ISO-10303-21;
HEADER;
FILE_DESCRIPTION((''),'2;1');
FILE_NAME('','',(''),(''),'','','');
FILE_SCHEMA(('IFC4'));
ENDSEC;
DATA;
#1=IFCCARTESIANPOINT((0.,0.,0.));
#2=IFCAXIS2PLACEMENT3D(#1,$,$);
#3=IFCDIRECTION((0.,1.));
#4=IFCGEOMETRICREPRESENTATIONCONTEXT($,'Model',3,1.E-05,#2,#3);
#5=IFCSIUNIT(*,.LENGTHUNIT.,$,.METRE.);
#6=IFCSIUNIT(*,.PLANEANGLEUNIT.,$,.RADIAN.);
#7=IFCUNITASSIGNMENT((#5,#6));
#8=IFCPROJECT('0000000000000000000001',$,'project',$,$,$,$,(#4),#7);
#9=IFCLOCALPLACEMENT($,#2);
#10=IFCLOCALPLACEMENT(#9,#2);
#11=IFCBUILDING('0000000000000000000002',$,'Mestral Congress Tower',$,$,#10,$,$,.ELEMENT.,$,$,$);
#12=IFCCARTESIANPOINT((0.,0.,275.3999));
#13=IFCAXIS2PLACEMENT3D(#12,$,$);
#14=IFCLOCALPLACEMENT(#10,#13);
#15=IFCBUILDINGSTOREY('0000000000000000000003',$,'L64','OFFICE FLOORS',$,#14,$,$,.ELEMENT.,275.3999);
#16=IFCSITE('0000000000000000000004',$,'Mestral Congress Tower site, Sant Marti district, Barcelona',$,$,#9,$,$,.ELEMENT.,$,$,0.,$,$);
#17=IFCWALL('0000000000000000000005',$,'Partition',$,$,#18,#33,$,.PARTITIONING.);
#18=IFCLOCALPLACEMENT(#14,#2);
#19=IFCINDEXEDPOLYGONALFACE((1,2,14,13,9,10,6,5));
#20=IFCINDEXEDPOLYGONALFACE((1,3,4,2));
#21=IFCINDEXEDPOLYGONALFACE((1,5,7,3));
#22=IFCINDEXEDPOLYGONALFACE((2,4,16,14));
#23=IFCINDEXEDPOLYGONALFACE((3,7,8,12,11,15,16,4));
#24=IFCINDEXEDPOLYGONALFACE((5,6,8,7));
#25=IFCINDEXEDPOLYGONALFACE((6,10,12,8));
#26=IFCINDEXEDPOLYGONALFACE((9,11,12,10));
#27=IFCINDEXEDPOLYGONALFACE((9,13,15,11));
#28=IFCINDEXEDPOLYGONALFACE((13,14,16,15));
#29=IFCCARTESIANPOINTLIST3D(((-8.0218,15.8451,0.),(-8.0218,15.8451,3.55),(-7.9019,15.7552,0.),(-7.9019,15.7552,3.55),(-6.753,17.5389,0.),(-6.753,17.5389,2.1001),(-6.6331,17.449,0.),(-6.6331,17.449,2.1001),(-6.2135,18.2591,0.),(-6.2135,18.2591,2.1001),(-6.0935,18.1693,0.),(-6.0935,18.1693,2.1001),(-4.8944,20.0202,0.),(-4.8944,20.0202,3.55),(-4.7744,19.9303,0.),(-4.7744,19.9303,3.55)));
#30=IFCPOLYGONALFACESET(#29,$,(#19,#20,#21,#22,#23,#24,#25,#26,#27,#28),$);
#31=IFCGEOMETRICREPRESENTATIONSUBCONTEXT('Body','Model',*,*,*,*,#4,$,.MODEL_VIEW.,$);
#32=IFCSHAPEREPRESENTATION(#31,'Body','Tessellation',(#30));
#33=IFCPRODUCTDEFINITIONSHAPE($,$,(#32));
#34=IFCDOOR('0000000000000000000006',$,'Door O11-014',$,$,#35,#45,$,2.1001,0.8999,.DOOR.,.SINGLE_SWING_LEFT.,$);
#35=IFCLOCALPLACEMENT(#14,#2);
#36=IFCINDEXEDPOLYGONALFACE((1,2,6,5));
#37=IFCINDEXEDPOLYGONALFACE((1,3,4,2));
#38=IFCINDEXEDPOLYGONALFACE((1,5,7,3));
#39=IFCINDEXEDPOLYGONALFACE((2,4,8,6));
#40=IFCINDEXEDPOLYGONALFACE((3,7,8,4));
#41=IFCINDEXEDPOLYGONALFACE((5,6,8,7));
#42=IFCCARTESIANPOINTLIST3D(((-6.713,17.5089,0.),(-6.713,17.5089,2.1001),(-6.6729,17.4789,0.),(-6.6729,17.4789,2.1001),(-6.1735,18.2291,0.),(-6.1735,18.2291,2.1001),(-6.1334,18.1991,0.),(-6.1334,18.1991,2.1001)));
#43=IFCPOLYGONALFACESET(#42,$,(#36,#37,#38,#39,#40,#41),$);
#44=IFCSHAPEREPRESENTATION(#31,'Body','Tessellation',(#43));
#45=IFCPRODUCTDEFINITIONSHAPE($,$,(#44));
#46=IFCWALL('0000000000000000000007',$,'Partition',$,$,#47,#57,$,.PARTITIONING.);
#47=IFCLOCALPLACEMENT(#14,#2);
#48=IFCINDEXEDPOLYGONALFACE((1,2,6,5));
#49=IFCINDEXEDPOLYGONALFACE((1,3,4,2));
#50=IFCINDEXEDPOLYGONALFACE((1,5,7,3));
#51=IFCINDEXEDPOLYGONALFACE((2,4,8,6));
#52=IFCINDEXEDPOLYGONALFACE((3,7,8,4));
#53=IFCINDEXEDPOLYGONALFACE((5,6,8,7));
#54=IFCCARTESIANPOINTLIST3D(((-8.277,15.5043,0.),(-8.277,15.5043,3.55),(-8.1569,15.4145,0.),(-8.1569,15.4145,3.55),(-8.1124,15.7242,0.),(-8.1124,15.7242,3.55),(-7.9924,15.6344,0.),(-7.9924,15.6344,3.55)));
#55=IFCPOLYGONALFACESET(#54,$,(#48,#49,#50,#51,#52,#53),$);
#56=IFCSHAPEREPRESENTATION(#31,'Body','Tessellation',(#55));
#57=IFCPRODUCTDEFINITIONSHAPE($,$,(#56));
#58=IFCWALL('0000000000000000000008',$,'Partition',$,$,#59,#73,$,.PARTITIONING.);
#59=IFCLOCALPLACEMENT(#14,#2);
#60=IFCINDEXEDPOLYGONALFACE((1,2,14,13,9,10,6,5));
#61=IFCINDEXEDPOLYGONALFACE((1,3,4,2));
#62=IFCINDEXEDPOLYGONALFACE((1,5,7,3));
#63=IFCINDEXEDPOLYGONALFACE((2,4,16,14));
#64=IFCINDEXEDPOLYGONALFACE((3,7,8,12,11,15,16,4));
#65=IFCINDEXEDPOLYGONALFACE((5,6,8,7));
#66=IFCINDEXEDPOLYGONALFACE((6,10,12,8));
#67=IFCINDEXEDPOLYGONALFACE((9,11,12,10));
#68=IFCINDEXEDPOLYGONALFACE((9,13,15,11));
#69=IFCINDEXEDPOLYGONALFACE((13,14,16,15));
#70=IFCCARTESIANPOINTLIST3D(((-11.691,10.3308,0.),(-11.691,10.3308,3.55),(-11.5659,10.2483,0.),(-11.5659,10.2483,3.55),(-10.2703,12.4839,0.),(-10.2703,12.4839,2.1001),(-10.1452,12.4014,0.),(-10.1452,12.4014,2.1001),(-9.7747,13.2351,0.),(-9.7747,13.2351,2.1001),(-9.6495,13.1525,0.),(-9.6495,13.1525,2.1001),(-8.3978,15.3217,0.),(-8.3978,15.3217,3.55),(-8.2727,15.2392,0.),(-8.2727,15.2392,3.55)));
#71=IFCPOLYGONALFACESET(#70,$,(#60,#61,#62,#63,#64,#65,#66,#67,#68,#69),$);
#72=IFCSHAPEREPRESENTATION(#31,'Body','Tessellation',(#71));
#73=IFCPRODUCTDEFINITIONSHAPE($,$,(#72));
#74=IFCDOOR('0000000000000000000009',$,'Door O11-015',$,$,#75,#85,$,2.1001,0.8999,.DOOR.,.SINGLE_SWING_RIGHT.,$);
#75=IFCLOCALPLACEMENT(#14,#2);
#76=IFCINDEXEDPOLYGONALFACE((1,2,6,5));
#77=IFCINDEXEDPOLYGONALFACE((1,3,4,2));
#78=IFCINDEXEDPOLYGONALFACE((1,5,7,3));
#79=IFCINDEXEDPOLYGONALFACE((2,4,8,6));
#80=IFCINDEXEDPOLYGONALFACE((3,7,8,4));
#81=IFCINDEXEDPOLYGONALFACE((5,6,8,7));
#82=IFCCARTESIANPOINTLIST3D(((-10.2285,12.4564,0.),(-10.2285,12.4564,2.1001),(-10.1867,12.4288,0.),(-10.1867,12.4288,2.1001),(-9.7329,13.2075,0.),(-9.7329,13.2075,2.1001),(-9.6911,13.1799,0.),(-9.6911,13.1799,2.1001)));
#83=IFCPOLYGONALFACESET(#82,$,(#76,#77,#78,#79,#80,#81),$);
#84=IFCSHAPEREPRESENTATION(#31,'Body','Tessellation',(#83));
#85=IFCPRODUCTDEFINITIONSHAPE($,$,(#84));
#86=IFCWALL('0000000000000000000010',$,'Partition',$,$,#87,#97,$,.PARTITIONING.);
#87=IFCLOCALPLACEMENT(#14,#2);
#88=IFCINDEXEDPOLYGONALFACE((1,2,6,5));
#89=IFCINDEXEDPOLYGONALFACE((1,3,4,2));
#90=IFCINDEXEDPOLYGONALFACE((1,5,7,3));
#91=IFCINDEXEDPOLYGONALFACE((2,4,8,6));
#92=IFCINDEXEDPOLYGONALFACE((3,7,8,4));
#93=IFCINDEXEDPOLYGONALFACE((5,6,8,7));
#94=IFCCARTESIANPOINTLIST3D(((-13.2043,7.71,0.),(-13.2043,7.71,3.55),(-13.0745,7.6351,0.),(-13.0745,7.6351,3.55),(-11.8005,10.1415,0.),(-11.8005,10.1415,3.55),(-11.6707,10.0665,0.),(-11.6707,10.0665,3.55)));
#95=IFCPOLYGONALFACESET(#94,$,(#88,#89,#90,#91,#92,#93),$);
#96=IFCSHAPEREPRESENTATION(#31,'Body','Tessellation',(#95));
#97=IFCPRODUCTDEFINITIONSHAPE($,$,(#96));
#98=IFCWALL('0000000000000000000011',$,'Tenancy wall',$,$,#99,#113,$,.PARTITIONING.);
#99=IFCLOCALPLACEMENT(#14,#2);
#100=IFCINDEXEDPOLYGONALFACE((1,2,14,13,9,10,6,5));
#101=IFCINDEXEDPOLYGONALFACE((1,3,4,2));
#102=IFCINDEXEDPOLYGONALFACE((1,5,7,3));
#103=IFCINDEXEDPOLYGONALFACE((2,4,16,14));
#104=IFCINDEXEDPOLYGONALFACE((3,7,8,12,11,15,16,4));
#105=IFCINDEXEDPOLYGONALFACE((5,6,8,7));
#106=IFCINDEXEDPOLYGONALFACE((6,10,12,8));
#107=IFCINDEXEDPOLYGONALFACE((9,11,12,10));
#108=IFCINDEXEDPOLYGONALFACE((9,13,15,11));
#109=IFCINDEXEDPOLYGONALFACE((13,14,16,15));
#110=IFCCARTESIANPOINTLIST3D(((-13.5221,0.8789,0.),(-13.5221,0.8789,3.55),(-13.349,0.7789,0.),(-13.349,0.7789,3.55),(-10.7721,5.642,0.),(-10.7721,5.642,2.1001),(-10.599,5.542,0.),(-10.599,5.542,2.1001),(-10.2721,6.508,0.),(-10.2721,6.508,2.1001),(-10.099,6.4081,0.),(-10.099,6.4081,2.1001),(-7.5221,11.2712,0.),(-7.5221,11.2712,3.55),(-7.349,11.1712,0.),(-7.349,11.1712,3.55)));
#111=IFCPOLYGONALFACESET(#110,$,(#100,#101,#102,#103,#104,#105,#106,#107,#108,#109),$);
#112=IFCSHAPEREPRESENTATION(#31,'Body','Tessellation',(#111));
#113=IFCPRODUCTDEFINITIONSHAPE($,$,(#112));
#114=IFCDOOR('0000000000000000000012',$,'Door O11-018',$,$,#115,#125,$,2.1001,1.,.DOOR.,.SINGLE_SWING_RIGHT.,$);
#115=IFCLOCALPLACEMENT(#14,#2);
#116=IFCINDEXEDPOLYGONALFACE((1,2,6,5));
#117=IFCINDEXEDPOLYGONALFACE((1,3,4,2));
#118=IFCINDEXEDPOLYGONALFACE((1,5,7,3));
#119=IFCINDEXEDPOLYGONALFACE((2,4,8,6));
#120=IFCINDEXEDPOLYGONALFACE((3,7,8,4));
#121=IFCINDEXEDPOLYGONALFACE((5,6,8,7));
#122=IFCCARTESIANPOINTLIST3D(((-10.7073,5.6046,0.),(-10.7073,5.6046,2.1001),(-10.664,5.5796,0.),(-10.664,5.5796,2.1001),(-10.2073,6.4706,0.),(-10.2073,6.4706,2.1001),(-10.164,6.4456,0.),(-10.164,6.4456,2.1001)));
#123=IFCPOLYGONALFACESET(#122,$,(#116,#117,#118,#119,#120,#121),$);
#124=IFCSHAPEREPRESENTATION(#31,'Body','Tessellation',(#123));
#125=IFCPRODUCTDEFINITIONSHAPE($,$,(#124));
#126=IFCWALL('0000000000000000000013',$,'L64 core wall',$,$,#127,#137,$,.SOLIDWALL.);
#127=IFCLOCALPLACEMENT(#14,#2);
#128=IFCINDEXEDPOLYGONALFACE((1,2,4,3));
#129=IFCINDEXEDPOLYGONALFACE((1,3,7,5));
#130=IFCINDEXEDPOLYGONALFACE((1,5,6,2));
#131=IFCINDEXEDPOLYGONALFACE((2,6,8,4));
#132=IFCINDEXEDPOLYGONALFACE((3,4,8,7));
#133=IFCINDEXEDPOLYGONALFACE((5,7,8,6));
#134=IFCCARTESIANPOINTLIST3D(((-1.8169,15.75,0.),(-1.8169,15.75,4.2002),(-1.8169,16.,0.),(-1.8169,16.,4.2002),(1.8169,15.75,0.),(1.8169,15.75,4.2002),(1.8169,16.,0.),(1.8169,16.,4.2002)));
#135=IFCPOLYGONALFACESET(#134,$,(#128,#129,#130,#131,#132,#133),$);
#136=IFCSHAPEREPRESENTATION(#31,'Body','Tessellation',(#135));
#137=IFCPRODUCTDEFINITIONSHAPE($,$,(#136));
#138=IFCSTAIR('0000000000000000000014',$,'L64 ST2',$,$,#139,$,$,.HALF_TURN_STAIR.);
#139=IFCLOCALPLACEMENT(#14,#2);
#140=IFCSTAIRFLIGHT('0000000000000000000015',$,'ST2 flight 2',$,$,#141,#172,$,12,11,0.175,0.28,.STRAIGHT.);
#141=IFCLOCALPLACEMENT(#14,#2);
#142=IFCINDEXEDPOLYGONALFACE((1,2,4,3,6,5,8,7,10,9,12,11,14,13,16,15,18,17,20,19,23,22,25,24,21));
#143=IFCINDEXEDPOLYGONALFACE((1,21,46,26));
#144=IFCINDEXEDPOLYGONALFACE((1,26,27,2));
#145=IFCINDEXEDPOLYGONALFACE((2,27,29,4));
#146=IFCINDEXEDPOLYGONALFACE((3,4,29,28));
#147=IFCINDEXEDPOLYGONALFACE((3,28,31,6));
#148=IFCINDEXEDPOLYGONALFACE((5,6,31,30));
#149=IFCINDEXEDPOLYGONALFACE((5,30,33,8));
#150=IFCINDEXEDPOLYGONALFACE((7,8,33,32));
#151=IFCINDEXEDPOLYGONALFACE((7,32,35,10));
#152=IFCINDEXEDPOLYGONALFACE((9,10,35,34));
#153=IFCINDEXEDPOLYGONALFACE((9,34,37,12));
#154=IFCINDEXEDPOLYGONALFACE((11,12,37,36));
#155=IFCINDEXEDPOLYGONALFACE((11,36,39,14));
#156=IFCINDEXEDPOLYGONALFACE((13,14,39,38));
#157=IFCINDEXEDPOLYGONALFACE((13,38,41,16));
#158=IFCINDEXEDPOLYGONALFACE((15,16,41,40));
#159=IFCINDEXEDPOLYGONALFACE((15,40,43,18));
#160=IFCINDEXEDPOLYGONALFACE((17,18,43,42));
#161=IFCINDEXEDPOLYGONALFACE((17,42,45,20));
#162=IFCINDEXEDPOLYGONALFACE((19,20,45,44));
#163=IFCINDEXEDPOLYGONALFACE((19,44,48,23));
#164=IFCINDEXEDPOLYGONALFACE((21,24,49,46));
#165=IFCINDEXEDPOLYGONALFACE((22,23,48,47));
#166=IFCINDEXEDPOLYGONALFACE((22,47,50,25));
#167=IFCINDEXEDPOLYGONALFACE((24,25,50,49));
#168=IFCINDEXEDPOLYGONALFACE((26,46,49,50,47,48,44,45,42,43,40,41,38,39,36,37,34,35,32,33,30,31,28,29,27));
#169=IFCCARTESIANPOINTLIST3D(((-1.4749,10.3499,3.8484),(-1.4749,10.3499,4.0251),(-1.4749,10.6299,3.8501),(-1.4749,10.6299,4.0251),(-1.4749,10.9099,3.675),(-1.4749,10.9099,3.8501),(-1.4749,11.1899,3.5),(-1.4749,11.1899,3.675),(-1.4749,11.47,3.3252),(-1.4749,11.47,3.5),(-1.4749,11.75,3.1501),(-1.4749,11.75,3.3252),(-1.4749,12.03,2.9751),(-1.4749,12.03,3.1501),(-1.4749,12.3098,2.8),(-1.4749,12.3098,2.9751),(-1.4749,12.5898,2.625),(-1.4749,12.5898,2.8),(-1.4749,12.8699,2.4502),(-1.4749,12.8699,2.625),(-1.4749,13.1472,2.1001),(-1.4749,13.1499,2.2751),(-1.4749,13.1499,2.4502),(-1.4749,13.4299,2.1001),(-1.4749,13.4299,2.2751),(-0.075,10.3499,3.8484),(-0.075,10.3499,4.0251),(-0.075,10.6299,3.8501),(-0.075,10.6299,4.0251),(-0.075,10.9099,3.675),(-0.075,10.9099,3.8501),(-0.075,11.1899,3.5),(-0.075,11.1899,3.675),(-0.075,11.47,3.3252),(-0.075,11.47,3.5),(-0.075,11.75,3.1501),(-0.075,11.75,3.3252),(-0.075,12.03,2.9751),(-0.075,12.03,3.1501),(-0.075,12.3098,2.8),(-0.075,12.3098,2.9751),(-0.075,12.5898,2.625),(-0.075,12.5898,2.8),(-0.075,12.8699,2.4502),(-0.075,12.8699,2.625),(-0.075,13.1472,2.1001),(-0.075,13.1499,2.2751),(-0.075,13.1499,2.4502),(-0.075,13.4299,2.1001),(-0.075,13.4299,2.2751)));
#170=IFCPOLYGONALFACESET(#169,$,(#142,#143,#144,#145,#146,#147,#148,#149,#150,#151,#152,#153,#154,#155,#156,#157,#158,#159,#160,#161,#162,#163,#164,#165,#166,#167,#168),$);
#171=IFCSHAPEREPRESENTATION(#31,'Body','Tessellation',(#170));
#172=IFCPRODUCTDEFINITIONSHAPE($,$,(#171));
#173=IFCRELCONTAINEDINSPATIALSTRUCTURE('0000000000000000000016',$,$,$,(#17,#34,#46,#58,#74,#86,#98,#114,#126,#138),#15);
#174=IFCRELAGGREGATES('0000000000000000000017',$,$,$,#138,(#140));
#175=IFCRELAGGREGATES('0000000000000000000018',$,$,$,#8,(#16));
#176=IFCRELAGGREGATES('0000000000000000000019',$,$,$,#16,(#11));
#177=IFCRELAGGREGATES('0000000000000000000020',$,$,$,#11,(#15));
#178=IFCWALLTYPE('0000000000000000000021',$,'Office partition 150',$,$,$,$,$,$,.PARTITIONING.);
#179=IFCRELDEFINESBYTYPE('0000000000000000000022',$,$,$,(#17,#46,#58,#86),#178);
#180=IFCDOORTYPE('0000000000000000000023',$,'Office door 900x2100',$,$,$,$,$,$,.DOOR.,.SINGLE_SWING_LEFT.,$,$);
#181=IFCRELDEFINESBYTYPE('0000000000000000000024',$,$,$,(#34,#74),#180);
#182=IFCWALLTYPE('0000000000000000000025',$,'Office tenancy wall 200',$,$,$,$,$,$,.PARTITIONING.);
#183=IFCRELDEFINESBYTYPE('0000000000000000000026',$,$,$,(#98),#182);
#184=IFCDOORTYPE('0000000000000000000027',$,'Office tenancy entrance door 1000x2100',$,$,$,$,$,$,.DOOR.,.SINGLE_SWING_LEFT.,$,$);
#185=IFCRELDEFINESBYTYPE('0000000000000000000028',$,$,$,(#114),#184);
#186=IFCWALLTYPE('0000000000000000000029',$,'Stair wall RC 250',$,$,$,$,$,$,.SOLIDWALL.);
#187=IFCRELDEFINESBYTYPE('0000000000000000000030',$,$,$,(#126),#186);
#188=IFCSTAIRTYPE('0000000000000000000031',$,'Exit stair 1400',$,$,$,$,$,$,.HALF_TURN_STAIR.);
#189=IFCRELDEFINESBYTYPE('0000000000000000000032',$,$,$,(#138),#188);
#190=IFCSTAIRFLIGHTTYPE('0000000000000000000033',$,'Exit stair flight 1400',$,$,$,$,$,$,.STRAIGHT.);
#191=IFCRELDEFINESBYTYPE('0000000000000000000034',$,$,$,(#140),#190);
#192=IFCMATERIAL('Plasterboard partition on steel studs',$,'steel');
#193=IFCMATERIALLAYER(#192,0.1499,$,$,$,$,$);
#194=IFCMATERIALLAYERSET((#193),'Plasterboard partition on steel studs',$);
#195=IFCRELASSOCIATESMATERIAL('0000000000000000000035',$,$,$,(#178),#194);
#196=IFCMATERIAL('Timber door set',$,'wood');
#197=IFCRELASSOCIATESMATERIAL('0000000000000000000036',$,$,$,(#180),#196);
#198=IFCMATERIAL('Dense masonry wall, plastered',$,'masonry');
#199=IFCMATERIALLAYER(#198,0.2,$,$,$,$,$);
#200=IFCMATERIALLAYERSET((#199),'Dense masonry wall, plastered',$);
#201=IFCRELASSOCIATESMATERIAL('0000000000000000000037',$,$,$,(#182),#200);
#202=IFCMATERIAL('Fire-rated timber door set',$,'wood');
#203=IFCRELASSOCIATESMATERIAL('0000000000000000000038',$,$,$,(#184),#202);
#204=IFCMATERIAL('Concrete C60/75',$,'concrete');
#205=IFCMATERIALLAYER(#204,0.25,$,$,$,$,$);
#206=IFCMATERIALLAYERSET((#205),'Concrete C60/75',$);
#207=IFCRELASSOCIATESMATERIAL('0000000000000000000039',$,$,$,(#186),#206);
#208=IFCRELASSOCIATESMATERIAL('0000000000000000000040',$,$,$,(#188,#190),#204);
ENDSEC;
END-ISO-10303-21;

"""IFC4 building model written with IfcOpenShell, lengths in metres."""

from ifc_helpers import new_model, si_unit, direction, frame, frame_2d, origin, place, context, subcontext, project, spatial, polyline, rectangle, outline, extrude, material, layer, layer_set, type_object, element, fill, aggregate, save


model = new_model("IFC4")

# Units and contexts
model_context = context("Model", 3, precision=1e-05, world=origin(), true_north=direction((0.0, 1.0)))
body_context = subcontext(model_context, "Body", "Model", "MODEL_VIEW")
ifc_project = project(units=[si_unit("LENGTHUNIT", "METRE"), si_unit("PLANEANGLEUNIT", "RADIAN")], contexts=[model_context])

# Site, building, storey
site_placement = place(None, origin())
site = spatial("IfcSite", under=ifc_project, at=site_placement, Name="Mestral Congress Tower site, Sant Marti district, Barcelona", CompositionType="ELEMENT", RefElevation=0.0)
building_placement = place(site_placement, origin())
building = spatial("IfcBuilding", under=site, at=building_placement, Name="Mestral Congress Tower", CompositionType="ELEMENT")
storey_placement = place(building_placement, frame((0.0, 0.0, 275.3999)))
storey = spatial("IfcBuildingStorey", under=building, at=storey_placement, Name="L64", Description="OFFICE FLOORS", CompositionType="ELEMENT", Elevation=275.3999)

# Shared definitions
ifc_material_1 = material(Name="Concrete C60/75", Category="concrete")

# Shared definitions
ifc_material_2 = material(Name="Plasterboard partition on steel studs", Category="steel")
ifc_layer_1 = layer(ifc_material_2, 0.1499)
ifc_layer_set_1 = layer_set([ifc_layer_1], Name="Plasterboard partition on steel studs")
wall_type_1 = type_object("IfcWallType", Name="Office partition 150", PredefinedType="PARTITIONING", material=ifc_layer_set_1)

# Wall, opening, door
wall_1_placement = place(storey_placement, frame((-7.9619, 15.8, 0.0), z_axis=(0.0, 0.0, 1.0), x_axis=(0.599528, 0.800354, 0.0)))
wall_1 = element("IfcWall", 1, at=wall_1_placement, inside=storey, type_object=wall_type_1, Name="Partition", PredefinedType="PARTITIONING", context=body_context, shape_type="SweptSolid", body=[
    extrude(rectangle(XDim=5.2166, YDim=0.1499, at=frame_2d((2.6084, 0.0))), origin(), (0.0, 0.0, 1.0), 3.55),
])
opening_1_placement = place(wall_1_placement, frame((2.1165, 0.0, 0.0)))
opening_1 = element("IfcOpeningElement", 2, at=opening_1_placement, cuts=wall_1, PredefinedType="OPENING", context=body_context, shape_type="SweptSolid", body=[
    extrude(rectangle(XDim=0.8999, YDim=2.1001, at=frame_2d((0.45, 1.05))), frame((0.0, 0.085, 0.0), z_axis=(0.0, -1.0, 0.0), x_axis=(1.0, 0.0, 0.0)), (0.0, 0.0, 1.0), 0.1699),
])
ifc_material_3 = material(Name="Timber door set", Category="wood")
door_type_1 = type_object("IfcDoorType", Name="Office door 900x2100", OperationType="SINGLE_SWING_LEFT", PredefinedType="DOOR", material=ifc_material_3)
door_1_placement = place(opening_1_placement, origin())
door_1 = element("IfcDoor", 3, at=door_1_placement, inside=storey, type_object=door_type_1, Name="Door O11-014", OperationType="SINGLE_SWING_LEFT", OverallHeight=2.1001, OverallWidth=0.8999, PredefinedType="DOOR", context=body_context, shape_type="SweptSolid", body=[
    extrude(rectangle(XDim=0.8999, YDim=2.1001, at=frame_2d((0.45, 1.05))), frame((0.0, 0.0249, 0.0), z_axis=(0.0, -1.0, 0.0), x_axis=(1.0, 0.0, 0.0)), (0.0, 0.0, 1.0), 0.05),
])
fill(opening_1, door_1)

# Wall
wall_2_placement = place(storey_placement, frame((-8.0525, 15.6792, 0.0), z_axis=(0.0, 0.0, 1.0), x_axis=(-0.599004, -0.800746, 0.0)))
element("IfcWall", 4, at=wall_2_placement, inside=storey, type_object=wall_type_1, Name="Partition", PredefinedType="PARTITIONING", context=body_context, shape_type="SweptSolid", body=[
    extrude(rectangle(XDim=0.2747, YDim=0.1499, at=frame_2d((0.1372, 0.0))), origin(), (0.0, 0.0, 1.0), 3.55),
])

# Wall, opening, door
wall_3_placement = place(storey_placement, frame((-11.6284, 10.2896, 0.0), z_axis=(0.0, 0.0, 1.0), x_axis=(0.550746, 0.834673, 0.0)))
wall_3 = element("IfcWall", 5, at=wall_3_placement, inside=storey, type_object=wall_type_1, Name="Partition", PredefinedType="PARTITIONING", context=body_context, shape_type="SweptSolid", body=[
    extrude(rectangle(XDim=5.9795, YDim=0.1499, at=frame_2d((2.9897, 0.0))), origin(), (0.0, 0.0, 1.0), 3.55),
])
opening_2_placement = place(wall_3_placement, frame((2.5796, 0.0, 0.0)))
opening_2 = element("IfcOpeningElement", 6, at=opening_2_placement, cuts=wall_3, PredefinedType="OPENING", context=body_context, shape_type="SweptSolid", body=[
    extrude(rectangle(XDim=0.8999, YDim=2.1001, at=frame_2d((0.45, 1.05))), frame((0.0, 0.085, 0.0), z_axis=(0.0, -1.0, 0.0), x_axis=(1.0, 0.0, 0.0)), (0.0, 0.0, 1.0), 0.1699),
])
door_2_placement = place(opening_2_placement, origin())
door_2 = element("IfcDoor", 7, at=door_2_placement, inside=storey, type_object=door_type_1, Name="Door O11-015", OperationType="SINGLE_SWING_RIGHT", OverallHeight=2.1001, OverallWidth=0.8999, PredefinedType="DOOR", context=body_context, shape_type="SweptSolid", body=[
    extrude(rectangle(XDim=0.8999, YDim=2.1001, at=frame_2d((0.45, 1.05))), frame((0.0, 0.0249, 0.0), z_axis=(0.0, -1.0, 0.0), x_axis=(1.0, 0.0, 0.0)), (0.0, 0.0, 1.0), 0.05),
])
fill(opening_2, door_2)

# Wall
wall_4_placement = place(storey_placement, frame((-11.7356, 10.104, 0.0), z_axis=(0.0, 0.0, 1.0), x_axis=(-0.500011, -0.866019, 0.0)))
element("IfcWall", 8, at=wall_4_placement, inside=storey, type_object=wall_type_1, Name="Partition", PredefinedType="PARTITIONING", context=body_context, shape_type="SweptSolid", body=[
    extrude(rectangle(XDim=2.8076, YDim=0.1499, at=frame_2d((1.4038, 0.0))), origin(), (0.0, 0.0, 1.0), 3.55),
])

# Wall, opening, door
ifc_material_4 = material(Name="Dense masonry wall, plastered", Category="masonry")
ifc_layer_2 = layer(ifc_material_4, 0.2)
ifc_layer_set_2 = layer_set([ifc_layer_2], Name="Dense masonry wall, plastered")
wall_type_2 = type_object("IfcWallType", Name="Office tenancy wall 200", PredefinedType="PARTITIONING", material=ifc_layer_set_2)
wall_5_placement = place(storey_placement, frame((-7.4355, 11.2212, 0.0), z_axis=(0.0, 0.0, 1.0), x_axis=(-0.499999, -0.866026, 0.0)))
wall_5 = element("IfcWall", 9, at=wall_5_placement, inside=storey, type_object=wall_type_2, Name="Tenancy wall", PredefinedType="PARTITIONING", context=body_context, shape_type="SweptSolid", body=[
    extrude(rectangle(XDim=12.0, YDim=0.2, at=frame_2d((6.0, 0.0))), origin(), (0.0, 0.0, 1.0), 3.55),
])
opening_3_placement = place(wall_5_placement, frame((5.5, 0.0, 0.0)))
opening_3 = element("IfcOpeningElement", 10, at=opening_3_placement, cuts=wall_5, PredefinedType="OPENING", context=body_context, shape_type="SweptSolid", body=[
    extrude(rectangle(XDim=1.0, YDim=2.1001, at=frame_2d((0.5, 1.05))), frame((0.0, 0.1099, 0.0), z_axis=(0.0, -1.0, 0.0), x_axis=(1.0, 0.0, 0.0)), (0.0, 0.0, 1.0), 0.22),
])
ifc_material_5 = material(Name="Fire-rated timber door set", Category="wood")
door_type_2 = type_object("IfcDoorType", Name="Office tenancy entrance door 1000x2100", OperationType="SINGLE_SWING_LEFT", PredefinedType="DOOR", material=ifc_material_5)
door_3_placement = place(opening_3_placement, origin())
door_3 = element("IfcDoor", 11, at=door_3_placement, inside=storey, type_object=door_type_2, Name="Door O11-018", OperationType="SINGLE_SWING_RIGHT", OverallHeight=2.1001, OverallWidth=1.0, PredefinedType="DOOR", context=body_context, shape_type="SweptSolid", body=[
    extrude(rectangle(XDim=1.0, YDim=2.1001, at=frame_2d((0.5, 1.05))), frame((0.0, 0.0249, 0.0), z_axis=(0.0, -1.0, 0.0), x_axis=(1.0, 0.0, 0.0)), (0.0, 0.0, 1.0), 0.05),
])
fill(opening_3, door_3)

# Wall
ifc_layer_3 = layer(ifc_material_1, 0.25)
ifc_layer_set_3 = layer_set([ifc_layer_3], Name="Concrete C60/75")
wall_type_3 = type_object("IfcWallType", Name="Stair wall RC 250", PredefinedType="SOLIDWALL", material=ifc_layer_set_3)
wall_6_placement = place(storey_placement, frame((-1.8169, 15.875, 0.0), z_axis=(0.0, 0.0, 1.0), x_axis=(1.0, 0.0, 0.0)))
element("IfcWall", 12, at=wall_6_placement, inside=storey, type_object=wall_type_3, Name="L64 core wall", PredefinedType="SOLIDWALL", context=body_context, shape_type="SweptSolid", body=[
    extrude(rectangle(XDim=3.6338, YDim=0.25, at=frame_2d((1.8169, 0.0))), origin(), (0.0, 0.0, 1.0), 4.2002),
])

# Stair, stair flight
stair_type = type_object("IfcStairType", Name="Exit stair 1400", PredefinedType="HALF_TURN_STAIR", material=ifc_material_1)
stair_placement = place(storey_placement, origin())
stair = element("IfcStair", 13, at=stair_placement, inside=storey, type_object=stair_type, Name="L64 ST2", PredefinedType="HALF_TURN_STAIR")
stair_flight_type = type_object("IfcStairFlightType", Name="Exit stair flight 1400", PredefinedType="STRAIGHT", material=ifc_material_1)
stair_flight_placement = place(storey_placement, frame((-0.7749, 13.4299, 2.1001), z_axis=(0.0, 0.0, 1.0), x_axis=(0.0, -1.0, 0.0)))
stair_flight = element("IfcStairFlight", 14, at=stair_flight_placement, type_object=stair_flight_type, Name="ST2 flight 2", NumberOfRisers=12, NumberOfTreads=11, PredefinedType="STRAIGHT", RiserHeight=0.175, TreadLength=0.28, context=body_context, shape_type="SweptSolid", body=[
    extrude(outline(polyline([(0.0, 0.0), (0.0, 0.175), (0.28, 0.175), (0.28, 0.3501), (0.5601, 0.3501), (0.5601, 0.5249), (0.8401, 0.5249), (0.8401, 0.7), (1.1201, 0.7), (1.1201, 0.875), (1.3999, 0.875), (1.3999, 1.05), (1.6799, 1.05), (1.6799, 1.2251), (1.96, 1.2251), (1.96, 1.3999), (2.24, 1.3999), (2.24, 1.575), (2.52, 1.575), (2.52, 1.75), (2.8, 1.75), (2.8, 1.925), (3.0801, 1.925), (3.0801, 2.1001), (3.0801, 1.7483), (0.2827, 0.0), (0.0, 0.0)])), frame((0.0, 0.7, 0.0), z_axis=(0.0, -1.0, 0.0), x_axis=(1.0, 0.0, 0.0)), (0.0, 0.0, 1.0), 1.3999),
])
aggregate(stair, [stair_flight])

save(model, "model.ifc")
